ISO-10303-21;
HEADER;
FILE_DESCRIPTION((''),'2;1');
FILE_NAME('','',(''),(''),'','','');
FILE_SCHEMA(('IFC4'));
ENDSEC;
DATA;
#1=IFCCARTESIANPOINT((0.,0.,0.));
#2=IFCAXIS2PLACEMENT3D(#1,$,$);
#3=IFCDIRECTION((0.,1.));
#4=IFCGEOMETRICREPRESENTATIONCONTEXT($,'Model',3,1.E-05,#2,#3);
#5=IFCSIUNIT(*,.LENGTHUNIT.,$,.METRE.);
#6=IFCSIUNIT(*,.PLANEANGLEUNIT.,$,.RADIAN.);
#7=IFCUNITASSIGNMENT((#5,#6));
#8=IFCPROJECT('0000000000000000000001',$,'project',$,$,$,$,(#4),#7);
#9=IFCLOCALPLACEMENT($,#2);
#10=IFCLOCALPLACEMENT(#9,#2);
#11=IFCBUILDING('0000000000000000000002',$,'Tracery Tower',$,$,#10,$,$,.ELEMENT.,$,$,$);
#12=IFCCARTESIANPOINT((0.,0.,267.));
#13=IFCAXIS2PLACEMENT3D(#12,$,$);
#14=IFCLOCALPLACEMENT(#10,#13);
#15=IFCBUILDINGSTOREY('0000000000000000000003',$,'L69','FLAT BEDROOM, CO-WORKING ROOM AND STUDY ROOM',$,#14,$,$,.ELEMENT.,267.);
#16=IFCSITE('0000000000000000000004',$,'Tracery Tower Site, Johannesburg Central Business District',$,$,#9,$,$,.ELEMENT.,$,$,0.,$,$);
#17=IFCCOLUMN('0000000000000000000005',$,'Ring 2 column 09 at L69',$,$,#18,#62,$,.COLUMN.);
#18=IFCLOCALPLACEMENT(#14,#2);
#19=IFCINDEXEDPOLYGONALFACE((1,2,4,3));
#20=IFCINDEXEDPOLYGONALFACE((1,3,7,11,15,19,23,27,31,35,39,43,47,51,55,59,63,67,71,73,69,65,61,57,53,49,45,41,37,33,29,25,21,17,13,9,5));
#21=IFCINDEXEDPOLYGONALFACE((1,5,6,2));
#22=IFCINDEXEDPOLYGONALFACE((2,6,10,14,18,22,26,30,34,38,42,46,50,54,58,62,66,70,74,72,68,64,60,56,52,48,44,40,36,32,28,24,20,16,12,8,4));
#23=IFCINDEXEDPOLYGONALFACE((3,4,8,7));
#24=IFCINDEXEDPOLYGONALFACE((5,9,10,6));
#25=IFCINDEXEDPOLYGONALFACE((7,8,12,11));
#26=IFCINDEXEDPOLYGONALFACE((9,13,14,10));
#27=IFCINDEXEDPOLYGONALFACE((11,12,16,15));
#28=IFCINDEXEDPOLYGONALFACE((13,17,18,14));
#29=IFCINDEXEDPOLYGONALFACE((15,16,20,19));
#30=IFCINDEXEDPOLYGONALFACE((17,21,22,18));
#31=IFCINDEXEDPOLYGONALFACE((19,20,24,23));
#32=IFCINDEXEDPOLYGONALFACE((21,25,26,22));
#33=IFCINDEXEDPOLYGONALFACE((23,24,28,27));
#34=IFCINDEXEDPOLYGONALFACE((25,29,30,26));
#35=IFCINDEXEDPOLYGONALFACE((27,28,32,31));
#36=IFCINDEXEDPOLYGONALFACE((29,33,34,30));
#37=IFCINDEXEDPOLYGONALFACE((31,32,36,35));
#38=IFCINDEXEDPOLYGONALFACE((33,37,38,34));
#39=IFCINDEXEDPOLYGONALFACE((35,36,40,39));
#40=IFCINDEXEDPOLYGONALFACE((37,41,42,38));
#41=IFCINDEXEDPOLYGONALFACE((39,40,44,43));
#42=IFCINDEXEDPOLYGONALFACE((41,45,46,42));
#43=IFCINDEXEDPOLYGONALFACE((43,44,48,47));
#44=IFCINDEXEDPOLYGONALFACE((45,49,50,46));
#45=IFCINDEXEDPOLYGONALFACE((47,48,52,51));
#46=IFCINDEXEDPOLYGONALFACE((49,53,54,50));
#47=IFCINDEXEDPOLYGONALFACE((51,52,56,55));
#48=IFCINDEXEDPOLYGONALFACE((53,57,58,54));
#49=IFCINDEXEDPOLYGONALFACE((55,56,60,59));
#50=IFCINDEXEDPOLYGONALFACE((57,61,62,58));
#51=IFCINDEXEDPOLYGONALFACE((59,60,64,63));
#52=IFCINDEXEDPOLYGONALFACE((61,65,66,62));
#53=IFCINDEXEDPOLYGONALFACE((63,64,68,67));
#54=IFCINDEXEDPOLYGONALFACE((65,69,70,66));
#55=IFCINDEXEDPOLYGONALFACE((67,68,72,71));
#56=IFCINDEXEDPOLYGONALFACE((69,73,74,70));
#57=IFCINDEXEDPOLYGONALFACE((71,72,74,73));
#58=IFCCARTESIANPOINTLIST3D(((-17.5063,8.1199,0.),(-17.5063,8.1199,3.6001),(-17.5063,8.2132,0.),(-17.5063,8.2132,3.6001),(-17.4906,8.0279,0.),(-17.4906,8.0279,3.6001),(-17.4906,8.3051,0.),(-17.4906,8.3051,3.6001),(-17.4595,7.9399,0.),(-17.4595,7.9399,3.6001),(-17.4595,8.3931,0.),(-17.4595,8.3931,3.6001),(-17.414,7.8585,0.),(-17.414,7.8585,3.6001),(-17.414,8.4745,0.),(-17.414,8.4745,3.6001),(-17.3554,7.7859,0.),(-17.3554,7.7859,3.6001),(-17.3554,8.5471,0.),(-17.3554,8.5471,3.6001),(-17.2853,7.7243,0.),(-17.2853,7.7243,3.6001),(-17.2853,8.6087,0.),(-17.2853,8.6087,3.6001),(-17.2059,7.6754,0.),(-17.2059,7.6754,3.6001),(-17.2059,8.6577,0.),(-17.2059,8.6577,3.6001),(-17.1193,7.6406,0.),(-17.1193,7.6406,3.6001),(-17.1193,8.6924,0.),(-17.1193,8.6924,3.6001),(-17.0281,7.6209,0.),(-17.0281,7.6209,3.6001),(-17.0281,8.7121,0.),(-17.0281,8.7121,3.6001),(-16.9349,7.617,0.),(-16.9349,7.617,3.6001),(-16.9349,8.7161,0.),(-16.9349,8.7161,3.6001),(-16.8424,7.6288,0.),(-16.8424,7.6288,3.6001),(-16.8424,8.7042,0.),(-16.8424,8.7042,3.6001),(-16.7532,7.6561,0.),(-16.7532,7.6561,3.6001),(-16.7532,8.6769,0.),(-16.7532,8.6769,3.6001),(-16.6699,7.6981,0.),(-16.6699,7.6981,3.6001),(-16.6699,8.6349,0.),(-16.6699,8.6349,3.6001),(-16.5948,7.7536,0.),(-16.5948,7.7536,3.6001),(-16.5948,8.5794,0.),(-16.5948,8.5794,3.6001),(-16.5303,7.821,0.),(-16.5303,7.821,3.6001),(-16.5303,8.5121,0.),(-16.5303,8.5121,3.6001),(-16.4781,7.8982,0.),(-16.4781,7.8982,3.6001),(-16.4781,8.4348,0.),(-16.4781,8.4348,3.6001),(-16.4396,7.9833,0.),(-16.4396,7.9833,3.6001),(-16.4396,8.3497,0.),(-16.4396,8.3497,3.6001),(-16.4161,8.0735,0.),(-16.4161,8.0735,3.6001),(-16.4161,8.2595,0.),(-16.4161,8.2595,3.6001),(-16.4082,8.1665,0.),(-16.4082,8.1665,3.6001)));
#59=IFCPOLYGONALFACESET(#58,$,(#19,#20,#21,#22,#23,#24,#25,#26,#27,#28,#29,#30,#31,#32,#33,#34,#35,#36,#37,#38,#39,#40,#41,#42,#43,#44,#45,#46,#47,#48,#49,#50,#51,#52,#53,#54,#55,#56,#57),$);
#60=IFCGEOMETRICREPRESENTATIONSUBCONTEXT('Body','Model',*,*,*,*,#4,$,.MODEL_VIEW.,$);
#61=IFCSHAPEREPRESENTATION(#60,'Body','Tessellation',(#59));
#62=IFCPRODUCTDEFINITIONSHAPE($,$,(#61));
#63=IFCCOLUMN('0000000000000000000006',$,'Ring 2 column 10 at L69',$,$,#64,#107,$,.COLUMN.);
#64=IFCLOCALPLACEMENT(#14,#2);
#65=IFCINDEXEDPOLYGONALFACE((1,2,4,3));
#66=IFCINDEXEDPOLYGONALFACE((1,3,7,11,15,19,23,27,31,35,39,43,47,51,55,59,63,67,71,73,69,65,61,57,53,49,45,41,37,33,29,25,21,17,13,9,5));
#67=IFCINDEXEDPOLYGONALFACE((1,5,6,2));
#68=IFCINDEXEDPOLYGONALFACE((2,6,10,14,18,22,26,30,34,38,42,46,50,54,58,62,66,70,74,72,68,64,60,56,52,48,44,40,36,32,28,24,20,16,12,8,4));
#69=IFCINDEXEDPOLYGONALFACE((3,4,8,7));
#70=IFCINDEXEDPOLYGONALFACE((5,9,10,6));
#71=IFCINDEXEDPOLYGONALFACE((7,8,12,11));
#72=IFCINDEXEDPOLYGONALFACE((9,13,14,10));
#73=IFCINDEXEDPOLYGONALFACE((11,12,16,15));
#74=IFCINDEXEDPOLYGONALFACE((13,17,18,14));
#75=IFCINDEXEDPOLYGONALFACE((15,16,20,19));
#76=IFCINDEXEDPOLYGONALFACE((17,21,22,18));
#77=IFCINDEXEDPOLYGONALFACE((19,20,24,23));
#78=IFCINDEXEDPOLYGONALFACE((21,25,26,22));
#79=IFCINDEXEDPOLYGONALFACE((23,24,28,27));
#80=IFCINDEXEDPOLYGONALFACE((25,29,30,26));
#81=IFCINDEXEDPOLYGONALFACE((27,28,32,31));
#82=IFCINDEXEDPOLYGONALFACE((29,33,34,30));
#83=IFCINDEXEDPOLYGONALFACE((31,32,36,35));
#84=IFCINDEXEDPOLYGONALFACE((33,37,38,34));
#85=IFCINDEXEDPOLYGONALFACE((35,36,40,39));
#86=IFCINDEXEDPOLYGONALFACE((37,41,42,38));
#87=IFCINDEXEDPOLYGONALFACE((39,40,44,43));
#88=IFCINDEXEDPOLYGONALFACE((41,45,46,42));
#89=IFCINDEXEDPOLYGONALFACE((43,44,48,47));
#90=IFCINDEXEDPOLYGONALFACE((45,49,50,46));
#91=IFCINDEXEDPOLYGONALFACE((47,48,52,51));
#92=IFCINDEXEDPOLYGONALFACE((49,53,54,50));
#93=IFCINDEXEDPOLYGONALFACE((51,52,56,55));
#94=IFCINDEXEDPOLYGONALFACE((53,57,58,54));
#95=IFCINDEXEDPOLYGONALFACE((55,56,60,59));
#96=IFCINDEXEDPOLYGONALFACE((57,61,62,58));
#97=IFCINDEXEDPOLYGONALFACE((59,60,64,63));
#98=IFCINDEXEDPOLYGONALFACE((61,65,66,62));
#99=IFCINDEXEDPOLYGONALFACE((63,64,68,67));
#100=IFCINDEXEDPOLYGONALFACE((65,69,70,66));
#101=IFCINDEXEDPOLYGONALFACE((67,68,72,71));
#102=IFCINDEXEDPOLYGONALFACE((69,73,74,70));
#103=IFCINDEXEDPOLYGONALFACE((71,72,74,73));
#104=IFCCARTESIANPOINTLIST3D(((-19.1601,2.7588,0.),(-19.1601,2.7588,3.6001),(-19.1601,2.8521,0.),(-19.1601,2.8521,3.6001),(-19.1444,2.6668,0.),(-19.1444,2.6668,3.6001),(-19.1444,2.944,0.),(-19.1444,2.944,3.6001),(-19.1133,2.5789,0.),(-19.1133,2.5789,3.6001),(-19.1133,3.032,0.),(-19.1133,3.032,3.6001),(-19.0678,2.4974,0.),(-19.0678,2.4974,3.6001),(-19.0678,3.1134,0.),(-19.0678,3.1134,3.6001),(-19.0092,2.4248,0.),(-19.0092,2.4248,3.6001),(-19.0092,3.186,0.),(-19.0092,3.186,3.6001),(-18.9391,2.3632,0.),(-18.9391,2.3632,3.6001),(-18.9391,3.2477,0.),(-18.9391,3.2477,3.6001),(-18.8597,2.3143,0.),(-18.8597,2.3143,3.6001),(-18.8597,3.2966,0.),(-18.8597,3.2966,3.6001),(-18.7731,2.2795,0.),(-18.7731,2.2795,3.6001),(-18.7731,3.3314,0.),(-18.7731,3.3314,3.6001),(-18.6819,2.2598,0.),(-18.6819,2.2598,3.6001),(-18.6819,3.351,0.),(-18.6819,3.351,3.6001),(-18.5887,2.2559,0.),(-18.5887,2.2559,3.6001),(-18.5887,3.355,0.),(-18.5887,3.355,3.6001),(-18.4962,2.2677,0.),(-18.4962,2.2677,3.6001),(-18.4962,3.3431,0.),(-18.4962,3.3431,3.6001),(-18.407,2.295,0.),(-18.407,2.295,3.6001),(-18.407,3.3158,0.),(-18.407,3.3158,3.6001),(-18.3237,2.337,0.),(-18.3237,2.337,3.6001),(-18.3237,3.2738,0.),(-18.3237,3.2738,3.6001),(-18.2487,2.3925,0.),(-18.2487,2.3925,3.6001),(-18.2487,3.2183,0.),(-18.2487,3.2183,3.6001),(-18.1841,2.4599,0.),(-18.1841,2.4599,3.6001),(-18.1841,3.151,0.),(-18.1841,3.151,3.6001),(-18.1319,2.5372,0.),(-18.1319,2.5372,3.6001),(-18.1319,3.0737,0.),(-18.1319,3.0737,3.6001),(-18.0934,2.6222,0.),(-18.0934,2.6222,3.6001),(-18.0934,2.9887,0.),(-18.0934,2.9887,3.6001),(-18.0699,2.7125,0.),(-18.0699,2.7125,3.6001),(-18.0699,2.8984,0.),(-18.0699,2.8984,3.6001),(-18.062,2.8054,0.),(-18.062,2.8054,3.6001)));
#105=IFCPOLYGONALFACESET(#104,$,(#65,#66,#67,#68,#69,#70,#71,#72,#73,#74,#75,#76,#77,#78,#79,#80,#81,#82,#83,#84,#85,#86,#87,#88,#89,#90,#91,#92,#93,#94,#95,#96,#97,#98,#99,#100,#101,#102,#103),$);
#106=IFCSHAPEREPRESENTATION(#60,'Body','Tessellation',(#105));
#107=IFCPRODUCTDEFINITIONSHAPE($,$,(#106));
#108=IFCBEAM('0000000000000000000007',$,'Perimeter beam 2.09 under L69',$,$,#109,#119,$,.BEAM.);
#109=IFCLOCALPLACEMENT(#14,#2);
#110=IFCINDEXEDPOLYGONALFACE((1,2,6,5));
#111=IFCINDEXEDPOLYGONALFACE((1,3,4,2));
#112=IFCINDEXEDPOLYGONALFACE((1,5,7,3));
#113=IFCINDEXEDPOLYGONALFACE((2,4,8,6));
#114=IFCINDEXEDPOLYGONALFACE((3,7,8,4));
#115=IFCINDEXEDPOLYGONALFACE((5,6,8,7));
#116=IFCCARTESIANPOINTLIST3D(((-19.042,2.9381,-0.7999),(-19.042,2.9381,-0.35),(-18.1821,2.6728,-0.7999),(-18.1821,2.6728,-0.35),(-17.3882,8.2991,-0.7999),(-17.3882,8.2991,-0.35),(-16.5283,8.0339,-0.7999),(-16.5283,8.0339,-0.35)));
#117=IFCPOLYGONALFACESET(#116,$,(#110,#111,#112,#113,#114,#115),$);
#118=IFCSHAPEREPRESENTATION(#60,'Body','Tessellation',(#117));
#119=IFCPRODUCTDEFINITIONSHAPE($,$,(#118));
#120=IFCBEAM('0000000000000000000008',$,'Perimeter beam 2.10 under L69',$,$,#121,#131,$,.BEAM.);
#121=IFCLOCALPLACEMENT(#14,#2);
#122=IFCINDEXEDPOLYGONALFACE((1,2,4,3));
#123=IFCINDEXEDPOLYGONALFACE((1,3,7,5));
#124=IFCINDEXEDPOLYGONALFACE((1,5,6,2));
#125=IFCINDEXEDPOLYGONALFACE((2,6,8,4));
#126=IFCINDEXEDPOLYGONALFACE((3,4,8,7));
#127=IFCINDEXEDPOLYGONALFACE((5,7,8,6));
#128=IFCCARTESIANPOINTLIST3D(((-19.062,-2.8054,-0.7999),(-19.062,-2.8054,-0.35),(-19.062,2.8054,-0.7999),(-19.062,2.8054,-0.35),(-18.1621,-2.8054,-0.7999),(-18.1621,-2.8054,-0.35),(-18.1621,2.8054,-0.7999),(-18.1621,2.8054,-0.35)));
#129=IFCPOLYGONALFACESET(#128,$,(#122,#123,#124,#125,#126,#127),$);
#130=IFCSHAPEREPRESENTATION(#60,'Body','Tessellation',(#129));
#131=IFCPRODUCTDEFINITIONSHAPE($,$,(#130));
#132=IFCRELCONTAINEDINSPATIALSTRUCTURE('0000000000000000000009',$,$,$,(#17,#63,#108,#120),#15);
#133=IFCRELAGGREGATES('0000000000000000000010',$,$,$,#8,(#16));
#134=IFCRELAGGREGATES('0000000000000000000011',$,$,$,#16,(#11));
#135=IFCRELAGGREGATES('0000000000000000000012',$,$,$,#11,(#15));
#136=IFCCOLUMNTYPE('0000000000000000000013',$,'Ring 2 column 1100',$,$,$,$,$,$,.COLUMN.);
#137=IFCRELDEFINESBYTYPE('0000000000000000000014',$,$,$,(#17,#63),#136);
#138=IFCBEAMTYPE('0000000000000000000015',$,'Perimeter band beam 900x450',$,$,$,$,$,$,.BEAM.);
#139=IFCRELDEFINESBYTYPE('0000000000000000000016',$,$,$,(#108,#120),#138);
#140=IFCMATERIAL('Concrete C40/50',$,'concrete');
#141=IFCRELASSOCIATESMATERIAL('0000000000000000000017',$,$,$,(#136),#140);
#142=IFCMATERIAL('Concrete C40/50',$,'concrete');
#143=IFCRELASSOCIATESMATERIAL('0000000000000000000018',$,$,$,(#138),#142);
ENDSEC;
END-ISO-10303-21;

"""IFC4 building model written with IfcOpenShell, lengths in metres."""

from ifc_helpers import new_model, si_unit, direction, frame, origin, origin_2d, place, context, subcontext, project, spatial, rectangle, circle, extrude, material, material_profile, profile_set, type_object, element, save


model = new_model("IFC4")

# Units and contexts
model_context = context("Model", 3, precision=1e-05, world=origin(), true_north=direction((0.0, 1.0)))
body_context = subcontext(model_context, "Body", "Model", "MODEL_VIEW")
ifc_project = project(units=[si_unit("LENGTHUNIT", "METRE"), si_unit("PLANEANGLEUNIT", "RADIAN")], contexts=[model_context])

# Site, building, storey
site_placement = place(None, origin())
site = spatial("IfcSite", under=ifc_project, at=site_placement, Name="Tracery Tower Site, Johannesburg Central Business District", CompositionType="ELEMENT", RefElevation=0.0)
building_placement = place(site_placement, origin())
building = spatial("IfcBuilding", under=site, at=building_placement, Name="Tracery Tower", CompositionType="ELEMENT")
storey_placement = place(building_placement, frame((0.0, 0.0, 267.0)))
storey = spatial("IfcBuildingStorey", under=building, at=storey_placement, Name="L69", Description="FLAT BEDROOM, CO-WORKING ROOM AND STUDY ROOM", CompositionType="ELEMENT", Elevation=267.0)

# Columns
ifc_material_1 = material(Name="Concrete C40/50", Category="concrete")
ifc_material_profile_1 = material_profile(ifc_material_1, circle(Radius=0.55, at=origin_2d()), Name="RC D1100")
ifc_profile_set_1 = profile_set([ifc_material_profile_1], Name="Concrete C40/50")
column_type = type_object("IfcColumnType", Name="Ring 2 column 1100", PredefinedType="COLUMN", material=ifc_profile_set_1)
for number, where, z_axis, x_axis, name in (
    (1, (-16.9583, 8.1665, 0.0), (0.0, 0.0, 1.0), (1.0, 0.0, 0.0), "Ring 2 column 09 at L69"),
    (2, (-18.6121, 2.8054, 0.0), (0.0, 0.0, 1.0), (1.0, 0.0, 0.0), "Ring 2 column 10 at L69"),
):
    element("IfcColumn", number, at=place(storey_placement, frame(where, z_axis=z_axis, x_axis=x_axis)), inside=storey, type_object=column_type, Name=name, PredefinedType="COLUMN", context=body_context, shape_type="SweptSolid", body=[
        extrude(circle(Radius=0.55, at=origin_2d()), origin(), (0.0, 0.0, 1.0), 3.6001),
    ])

# Beams
ifc_material_2 = material(Name="Concrete C40/50", Category="concrete")
ifc_material_profile_2 = material_profile(ifc_material_2, rectangle(XDim=0.8999, YDim=0.45, at=origin_2d()), Name="RC 900x450")
ifc_profile_set_2 = profile_set([ifc_material_profile_2], Name="Concrete C40/50")
beam_type = type_object("IfcBeamType", Name="Perimeter band beam 900x450", PredefinedType="BEAM", material=ifc_profile_set_2)
beam_1_placement = place(storey_placement, frame((-16.9583, 8.1665, -0.575), z_axis=(-0.294777, -0.955566, 0.0), x_axis=(0.955566, -0.294777, 0.0)))
element("IfcBeam", 3, at=beam_1_placement, inside=storey, type_object=beam_type, Name="Perimeter beam 2.09 under L69", PredefinedType="BEAM", context=body_context, shape_type="SweptSolid", body=[
    extrude(rectangle(XDim=0.8999, YDim=0.45, at=origin_2d()), origin(), (0.0, 0.0, 1.0), 5.6104),
])
beam_2_placement = place(storey_placement, frame((-18.6121, 2.8054, -0.575), z_axis=(0.0, -1.0, 0.0), x_axis=(1.0, 0.0, 0.0)))
element("IfcBeam", 4, at=beam_2_placement, inside=storey, type_object=beam_type, Name="Perimeter beam 2.10 under L69", PredefinedType="BEAM", context=body_context, shape_type="SweptSolid", body=[
    extrude(rectangle(XDim=0.8999, YDim=0.45, at=origin_2d()), origin(), (0.0, 0.0, 1.0), 5.6108),
])

save(model, "model.ifc")
